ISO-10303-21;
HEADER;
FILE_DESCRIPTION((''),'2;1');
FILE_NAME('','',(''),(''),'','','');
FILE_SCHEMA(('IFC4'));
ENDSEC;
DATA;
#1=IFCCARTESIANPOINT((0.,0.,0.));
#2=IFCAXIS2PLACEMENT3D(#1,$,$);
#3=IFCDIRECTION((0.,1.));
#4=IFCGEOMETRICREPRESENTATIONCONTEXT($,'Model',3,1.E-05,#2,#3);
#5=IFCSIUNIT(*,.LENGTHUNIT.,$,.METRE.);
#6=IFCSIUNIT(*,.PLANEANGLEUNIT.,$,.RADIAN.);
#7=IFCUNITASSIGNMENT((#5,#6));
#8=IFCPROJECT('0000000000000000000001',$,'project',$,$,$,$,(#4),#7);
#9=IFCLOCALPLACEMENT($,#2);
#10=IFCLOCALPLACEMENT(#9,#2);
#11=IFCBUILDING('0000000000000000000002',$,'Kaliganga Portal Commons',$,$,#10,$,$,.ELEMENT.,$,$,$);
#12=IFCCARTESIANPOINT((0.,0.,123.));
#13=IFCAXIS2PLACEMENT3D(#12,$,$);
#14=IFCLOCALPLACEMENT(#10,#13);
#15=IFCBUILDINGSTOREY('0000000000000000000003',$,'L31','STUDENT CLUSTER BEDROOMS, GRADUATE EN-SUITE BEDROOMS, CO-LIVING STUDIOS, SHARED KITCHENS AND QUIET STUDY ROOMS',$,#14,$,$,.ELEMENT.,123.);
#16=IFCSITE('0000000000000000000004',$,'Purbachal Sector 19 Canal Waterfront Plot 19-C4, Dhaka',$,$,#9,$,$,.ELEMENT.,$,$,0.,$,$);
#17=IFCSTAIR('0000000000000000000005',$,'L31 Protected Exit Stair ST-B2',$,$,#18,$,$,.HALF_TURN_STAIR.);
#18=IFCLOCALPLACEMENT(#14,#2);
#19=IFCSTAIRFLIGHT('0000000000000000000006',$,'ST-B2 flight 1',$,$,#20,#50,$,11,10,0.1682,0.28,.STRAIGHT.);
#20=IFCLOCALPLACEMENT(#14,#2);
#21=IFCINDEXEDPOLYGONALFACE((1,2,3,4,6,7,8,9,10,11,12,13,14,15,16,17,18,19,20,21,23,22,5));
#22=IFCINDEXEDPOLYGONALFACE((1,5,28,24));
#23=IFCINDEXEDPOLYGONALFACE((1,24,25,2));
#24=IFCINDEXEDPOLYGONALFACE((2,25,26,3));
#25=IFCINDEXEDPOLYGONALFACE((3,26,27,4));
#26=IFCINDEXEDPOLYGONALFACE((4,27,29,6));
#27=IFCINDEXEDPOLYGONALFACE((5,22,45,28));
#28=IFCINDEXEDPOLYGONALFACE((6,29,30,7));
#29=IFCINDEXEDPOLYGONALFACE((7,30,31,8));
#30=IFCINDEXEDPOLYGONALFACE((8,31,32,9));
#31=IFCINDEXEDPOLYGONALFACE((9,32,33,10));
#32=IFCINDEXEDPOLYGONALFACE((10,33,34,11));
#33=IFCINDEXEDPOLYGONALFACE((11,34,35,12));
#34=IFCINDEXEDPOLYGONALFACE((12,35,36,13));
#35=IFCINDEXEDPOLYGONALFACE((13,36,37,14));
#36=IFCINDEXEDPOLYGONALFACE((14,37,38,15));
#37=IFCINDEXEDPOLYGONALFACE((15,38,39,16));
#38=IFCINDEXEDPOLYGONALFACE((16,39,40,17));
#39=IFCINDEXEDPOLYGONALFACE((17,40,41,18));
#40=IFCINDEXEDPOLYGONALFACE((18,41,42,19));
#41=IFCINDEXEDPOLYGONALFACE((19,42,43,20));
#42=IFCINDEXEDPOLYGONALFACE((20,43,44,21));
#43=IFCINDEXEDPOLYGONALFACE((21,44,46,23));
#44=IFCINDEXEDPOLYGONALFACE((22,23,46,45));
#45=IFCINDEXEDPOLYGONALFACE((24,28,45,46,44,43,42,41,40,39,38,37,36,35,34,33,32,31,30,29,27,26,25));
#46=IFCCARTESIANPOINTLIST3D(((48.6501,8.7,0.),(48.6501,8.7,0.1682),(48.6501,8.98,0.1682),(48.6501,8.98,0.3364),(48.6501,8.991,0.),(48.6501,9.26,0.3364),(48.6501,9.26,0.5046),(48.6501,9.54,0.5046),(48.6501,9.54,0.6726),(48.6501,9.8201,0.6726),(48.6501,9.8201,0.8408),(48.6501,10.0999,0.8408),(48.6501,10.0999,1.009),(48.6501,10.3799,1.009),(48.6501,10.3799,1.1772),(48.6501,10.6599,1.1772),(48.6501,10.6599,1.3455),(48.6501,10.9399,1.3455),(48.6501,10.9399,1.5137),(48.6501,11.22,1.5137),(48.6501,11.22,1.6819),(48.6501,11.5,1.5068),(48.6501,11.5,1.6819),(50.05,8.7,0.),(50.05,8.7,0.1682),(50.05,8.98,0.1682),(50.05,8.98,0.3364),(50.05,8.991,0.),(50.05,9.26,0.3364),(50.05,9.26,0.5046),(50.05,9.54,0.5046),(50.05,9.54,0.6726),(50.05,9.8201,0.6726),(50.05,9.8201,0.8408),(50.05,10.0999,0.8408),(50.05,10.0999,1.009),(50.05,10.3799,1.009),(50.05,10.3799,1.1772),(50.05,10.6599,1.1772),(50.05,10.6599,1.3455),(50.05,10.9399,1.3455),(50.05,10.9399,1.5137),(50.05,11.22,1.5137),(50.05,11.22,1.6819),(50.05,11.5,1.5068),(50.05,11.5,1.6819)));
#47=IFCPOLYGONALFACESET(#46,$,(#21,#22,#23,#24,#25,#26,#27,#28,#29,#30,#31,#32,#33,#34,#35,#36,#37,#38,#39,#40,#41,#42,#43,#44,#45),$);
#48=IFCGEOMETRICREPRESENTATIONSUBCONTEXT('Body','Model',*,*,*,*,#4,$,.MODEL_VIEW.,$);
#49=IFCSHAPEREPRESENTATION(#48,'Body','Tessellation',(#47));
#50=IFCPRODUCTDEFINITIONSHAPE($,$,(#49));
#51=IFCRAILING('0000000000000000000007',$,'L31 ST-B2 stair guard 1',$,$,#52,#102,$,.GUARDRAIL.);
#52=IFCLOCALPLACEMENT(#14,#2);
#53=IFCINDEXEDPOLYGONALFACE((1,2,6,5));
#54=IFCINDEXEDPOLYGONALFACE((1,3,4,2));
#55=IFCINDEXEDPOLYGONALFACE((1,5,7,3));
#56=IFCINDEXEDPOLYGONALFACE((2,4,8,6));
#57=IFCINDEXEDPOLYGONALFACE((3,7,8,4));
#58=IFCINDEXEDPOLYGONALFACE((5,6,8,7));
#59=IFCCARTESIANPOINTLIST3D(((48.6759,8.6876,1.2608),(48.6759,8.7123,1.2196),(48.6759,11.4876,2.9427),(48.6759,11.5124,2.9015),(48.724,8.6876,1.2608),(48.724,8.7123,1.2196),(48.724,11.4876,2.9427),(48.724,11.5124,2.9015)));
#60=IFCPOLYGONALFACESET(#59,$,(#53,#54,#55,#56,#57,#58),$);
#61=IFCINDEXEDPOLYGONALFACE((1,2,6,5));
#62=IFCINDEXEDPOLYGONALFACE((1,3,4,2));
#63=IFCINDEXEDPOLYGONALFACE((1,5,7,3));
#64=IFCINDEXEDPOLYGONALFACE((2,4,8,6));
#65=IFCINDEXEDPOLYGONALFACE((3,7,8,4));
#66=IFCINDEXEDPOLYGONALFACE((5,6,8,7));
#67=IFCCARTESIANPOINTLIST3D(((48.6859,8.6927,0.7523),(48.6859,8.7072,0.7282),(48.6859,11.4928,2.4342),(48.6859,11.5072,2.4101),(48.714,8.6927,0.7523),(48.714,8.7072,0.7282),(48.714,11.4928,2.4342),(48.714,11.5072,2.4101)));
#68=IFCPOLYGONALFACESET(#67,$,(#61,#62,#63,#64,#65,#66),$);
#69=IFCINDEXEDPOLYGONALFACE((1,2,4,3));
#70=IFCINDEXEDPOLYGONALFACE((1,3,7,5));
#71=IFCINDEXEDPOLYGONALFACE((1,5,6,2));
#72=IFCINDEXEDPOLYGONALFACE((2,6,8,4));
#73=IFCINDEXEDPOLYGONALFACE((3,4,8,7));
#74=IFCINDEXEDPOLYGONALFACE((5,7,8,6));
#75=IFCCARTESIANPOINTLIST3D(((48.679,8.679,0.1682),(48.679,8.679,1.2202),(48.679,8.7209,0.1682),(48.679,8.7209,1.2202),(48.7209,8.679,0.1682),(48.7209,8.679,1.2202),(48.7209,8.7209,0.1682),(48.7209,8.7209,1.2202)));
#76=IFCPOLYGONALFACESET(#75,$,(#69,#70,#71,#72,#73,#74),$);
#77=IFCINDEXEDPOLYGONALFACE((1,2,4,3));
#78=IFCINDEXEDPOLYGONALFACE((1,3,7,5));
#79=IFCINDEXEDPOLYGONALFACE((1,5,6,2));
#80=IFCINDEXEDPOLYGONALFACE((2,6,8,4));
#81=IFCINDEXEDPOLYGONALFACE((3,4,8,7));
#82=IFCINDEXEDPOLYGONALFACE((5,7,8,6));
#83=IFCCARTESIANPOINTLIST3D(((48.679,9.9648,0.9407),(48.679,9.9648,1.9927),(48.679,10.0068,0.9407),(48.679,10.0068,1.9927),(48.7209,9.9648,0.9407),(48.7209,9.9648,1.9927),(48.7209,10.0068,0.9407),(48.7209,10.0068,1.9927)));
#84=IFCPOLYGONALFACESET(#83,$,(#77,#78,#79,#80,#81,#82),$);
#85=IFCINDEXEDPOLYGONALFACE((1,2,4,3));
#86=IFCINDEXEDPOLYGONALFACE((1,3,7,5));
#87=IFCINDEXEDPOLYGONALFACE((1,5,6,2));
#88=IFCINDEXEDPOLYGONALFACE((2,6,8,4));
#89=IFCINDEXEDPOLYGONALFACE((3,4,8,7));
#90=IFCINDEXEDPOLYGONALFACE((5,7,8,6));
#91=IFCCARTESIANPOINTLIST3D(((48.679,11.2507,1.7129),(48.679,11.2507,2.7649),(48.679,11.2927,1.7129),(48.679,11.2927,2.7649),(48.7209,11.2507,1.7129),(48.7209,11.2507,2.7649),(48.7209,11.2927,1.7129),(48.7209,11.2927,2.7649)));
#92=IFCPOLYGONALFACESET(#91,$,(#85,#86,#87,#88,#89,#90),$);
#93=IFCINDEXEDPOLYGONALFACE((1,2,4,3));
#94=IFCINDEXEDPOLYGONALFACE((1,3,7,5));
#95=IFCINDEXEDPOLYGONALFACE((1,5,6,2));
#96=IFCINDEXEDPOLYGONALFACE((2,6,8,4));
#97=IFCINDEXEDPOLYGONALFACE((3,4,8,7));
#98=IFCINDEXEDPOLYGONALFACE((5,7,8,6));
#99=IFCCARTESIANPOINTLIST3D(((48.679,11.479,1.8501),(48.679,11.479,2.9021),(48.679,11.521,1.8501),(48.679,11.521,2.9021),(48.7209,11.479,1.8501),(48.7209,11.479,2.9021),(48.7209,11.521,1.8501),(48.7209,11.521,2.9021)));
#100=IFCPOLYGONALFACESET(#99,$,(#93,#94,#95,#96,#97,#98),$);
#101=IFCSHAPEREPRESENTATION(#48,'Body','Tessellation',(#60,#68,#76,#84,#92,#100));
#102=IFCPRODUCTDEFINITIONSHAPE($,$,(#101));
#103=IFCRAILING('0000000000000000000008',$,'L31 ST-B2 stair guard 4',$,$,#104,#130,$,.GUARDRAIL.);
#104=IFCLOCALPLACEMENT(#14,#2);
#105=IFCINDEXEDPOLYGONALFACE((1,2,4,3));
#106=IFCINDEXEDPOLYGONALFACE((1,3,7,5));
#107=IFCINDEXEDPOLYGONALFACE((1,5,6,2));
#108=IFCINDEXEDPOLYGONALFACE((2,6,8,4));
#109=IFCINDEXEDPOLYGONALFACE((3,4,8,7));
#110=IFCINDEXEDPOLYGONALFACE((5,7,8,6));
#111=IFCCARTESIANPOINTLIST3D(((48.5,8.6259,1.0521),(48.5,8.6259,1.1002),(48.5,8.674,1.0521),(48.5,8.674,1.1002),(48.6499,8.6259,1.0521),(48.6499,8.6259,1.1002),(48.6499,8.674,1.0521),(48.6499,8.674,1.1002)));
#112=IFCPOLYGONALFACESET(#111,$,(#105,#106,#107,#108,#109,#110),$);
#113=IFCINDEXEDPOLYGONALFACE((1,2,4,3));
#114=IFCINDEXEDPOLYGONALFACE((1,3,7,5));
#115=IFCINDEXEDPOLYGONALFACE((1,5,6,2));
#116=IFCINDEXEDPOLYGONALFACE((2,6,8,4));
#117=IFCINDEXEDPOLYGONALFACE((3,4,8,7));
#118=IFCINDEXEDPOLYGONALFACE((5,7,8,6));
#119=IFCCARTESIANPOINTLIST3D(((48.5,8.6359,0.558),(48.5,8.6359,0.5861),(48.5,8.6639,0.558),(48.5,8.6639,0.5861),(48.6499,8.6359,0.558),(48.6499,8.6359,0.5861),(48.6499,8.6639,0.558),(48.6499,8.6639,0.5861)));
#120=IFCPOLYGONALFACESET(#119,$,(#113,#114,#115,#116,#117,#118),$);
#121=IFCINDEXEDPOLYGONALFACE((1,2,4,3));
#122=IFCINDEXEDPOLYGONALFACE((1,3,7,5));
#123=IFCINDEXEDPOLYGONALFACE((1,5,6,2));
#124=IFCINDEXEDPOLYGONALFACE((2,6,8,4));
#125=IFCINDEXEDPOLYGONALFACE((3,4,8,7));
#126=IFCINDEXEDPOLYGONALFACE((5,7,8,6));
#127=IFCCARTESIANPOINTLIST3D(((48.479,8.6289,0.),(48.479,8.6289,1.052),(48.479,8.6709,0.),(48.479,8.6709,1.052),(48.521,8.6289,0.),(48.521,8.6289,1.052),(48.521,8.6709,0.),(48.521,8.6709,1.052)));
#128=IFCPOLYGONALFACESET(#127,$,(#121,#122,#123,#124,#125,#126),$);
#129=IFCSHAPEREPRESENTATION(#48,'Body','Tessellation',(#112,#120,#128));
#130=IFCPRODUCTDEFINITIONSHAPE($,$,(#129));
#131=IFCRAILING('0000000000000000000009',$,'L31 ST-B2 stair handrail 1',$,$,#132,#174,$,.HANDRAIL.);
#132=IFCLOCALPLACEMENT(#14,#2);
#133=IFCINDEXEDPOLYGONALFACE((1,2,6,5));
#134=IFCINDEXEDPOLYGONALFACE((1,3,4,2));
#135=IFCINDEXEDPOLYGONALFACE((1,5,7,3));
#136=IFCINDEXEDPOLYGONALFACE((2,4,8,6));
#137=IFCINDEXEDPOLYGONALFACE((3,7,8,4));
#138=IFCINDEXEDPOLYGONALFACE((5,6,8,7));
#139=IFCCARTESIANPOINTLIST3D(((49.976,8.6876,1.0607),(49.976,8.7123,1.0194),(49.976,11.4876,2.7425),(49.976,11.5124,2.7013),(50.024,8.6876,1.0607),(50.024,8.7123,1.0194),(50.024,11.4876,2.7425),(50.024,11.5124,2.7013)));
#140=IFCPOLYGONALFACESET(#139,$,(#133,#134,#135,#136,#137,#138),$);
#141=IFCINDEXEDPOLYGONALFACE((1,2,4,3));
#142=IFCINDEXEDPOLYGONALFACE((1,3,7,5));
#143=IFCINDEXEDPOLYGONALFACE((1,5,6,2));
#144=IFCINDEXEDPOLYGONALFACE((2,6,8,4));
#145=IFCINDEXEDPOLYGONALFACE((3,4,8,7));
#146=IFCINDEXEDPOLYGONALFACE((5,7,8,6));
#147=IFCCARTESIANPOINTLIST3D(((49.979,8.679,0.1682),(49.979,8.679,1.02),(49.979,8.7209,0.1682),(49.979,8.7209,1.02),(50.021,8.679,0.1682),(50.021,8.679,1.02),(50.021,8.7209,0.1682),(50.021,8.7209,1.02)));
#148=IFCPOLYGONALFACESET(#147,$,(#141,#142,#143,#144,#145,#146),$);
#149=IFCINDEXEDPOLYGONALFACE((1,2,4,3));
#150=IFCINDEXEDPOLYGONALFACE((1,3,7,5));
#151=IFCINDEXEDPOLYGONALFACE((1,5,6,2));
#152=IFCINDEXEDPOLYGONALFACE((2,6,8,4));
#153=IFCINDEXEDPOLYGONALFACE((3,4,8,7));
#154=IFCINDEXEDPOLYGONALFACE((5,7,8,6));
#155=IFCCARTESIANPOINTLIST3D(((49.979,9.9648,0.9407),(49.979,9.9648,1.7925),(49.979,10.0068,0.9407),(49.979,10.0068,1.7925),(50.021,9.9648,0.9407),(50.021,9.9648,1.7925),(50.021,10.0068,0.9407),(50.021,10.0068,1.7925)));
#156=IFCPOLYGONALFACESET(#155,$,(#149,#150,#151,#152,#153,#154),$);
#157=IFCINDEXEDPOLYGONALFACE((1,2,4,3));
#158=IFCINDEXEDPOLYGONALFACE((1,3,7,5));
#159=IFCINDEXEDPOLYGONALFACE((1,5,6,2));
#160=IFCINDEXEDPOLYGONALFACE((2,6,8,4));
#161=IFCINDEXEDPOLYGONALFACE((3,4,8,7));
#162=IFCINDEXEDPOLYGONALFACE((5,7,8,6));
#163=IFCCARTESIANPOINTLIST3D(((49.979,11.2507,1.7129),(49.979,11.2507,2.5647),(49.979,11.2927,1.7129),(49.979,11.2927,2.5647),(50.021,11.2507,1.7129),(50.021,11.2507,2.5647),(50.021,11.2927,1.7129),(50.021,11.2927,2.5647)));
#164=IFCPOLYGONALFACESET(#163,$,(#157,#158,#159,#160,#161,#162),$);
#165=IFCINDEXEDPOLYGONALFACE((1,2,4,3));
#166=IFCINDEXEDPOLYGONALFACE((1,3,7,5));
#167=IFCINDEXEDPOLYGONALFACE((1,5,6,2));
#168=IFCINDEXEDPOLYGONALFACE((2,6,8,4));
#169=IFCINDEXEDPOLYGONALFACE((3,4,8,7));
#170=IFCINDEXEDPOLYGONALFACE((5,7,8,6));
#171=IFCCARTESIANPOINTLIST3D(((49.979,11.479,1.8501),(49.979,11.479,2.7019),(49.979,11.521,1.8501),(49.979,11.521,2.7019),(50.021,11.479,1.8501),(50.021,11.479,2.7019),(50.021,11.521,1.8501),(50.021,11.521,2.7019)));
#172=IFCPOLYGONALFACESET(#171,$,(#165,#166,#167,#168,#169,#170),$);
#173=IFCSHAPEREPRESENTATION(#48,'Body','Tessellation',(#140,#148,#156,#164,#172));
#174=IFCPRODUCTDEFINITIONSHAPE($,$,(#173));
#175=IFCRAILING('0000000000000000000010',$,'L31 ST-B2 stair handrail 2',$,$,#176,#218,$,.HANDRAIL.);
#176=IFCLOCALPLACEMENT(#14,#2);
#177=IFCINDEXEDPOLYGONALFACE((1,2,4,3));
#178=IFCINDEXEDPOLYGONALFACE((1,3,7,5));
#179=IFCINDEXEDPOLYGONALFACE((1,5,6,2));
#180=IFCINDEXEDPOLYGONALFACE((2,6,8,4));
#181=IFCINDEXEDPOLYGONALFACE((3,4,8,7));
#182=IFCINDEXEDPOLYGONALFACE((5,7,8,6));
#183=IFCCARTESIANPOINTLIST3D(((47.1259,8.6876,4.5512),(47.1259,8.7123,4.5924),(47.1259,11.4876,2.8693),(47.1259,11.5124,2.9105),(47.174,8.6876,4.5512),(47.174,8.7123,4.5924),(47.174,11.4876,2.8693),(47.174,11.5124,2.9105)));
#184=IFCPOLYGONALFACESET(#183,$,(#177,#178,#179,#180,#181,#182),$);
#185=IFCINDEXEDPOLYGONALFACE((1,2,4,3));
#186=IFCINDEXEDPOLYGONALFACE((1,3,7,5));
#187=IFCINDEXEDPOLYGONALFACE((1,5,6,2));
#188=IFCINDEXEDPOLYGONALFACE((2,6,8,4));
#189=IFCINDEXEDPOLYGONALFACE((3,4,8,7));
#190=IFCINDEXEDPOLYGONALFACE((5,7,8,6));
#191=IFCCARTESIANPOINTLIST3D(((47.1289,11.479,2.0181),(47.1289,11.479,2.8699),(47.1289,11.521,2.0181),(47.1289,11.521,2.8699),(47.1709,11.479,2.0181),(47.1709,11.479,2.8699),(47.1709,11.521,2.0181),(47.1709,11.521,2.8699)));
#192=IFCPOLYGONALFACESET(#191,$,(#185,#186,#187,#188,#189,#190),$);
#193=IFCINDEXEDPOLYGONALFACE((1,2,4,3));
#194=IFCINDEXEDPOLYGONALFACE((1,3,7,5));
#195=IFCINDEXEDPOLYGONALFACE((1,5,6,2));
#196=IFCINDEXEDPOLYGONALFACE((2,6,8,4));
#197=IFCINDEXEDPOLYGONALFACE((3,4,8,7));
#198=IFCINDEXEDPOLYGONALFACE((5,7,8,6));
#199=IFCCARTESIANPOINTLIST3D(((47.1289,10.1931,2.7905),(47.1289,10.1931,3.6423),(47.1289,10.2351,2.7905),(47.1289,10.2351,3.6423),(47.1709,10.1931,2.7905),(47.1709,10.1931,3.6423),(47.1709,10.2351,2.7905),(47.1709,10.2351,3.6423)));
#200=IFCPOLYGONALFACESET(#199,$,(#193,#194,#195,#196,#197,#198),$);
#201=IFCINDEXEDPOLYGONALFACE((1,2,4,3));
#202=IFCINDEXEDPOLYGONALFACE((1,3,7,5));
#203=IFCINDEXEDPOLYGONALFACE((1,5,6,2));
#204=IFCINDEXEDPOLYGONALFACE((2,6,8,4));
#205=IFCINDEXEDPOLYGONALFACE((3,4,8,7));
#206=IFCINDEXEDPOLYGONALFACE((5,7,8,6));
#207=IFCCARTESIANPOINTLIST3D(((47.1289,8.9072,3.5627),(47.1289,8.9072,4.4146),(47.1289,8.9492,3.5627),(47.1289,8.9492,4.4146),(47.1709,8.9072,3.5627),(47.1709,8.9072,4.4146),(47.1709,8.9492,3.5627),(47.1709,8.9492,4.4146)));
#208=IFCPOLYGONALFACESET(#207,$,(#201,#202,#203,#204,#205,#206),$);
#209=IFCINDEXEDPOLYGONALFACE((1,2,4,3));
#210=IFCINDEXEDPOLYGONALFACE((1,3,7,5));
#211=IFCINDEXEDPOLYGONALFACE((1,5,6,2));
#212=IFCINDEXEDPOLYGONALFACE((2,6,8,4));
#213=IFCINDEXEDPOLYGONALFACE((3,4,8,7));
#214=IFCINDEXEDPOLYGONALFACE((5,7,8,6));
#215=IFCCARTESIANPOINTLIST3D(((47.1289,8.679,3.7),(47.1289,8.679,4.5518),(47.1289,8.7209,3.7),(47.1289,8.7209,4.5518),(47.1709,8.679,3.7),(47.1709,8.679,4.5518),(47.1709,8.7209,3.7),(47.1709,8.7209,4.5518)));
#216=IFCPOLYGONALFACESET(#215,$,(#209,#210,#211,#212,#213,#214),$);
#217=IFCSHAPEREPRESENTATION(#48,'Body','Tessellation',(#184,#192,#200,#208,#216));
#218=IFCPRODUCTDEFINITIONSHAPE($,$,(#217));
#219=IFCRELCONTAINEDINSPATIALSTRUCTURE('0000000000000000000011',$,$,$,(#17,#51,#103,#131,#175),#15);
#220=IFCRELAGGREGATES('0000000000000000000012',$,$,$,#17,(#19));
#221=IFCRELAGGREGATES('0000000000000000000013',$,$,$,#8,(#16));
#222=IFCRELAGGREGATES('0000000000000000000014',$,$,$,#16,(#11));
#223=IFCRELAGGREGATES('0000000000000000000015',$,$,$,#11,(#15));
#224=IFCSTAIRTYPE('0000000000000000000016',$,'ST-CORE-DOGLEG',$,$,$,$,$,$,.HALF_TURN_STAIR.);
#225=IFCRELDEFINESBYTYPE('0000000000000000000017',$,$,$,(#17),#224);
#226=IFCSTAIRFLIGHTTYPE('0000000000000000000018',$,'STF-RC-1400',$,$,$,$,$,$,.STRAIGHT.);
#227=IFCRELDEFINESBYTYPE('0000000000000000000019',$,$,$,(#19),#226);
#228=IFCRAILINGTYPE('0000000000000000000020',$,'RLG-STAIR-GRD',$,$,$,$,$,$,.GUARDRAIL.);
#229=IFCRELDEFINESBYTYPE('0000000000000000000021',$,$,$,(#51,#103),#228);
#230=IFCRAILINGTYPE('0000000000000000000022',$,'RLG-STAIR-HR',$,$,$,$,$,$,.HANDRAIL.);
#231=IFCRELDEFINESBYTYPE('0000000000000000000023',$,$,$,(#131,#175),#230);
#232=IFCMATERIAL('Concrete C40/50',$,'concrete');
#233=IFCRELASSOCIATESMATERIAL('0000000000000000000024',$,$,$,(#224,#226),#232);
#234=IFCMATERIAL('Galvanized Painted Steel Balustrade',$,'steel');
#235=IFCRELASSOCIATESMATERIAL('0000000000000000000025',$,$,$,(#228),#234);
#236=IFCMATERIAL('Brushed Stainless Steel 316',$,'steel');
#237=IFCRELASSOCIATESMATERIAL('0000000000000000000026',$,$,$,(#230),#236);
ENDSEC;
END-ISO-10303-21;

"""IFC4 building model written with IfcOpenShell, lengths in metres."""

from ifc_helpers import new_model, si_unit, direction, frame, origin, origin_2d, place, context, subcontext, project, spatial, polyline, rectangle, outline, extrude, material, type_object, element, aggregate, save


model = new_model("IFC4")

# Units and contexts
model_context = context("Model", 3, precision=1e-05, world=origin(), true_north=direction((0.0, 1.0)))
body_context = subcontext(model_context, "Body", "Model", "MODEL_VIEW")
ifc_project = project(units=[si_unit("LENGTHUNIT", "METRE"), si_unit("PLANEANGLEUNIT", "RADIAN")], contexts=[model_context])

# Site, building, storey
site_placement = place(None, origin())
site = spatial("IfcSite", under=ifc_project, at=site_placement, Name="Purbachal Sector 19 Canal Waterfront Plot 19-C4, Dhaka", CompositionType="ELEMENT", RefElevation=0.0)
building_placement = place(site_placement, origin())
building = spatial("IfcBuilding", under=site, at=building_placement, Name="Kaliganga Portal Commons", CompositionType="ELEMENT")
storey_placement = place(building_placement, frame((0.0, 0.0, 123.0)))
storey = spatial("IfcBuildingStorey", under=building, at=storey_placement, Name="L31", Description="STUDENT CLUSTER BEDROOMS, GRADUATE EN-SUITE BEDROOMS, CO-LIVING STUDIOS, SHARED KITCHENS AND QUIET STUDY ROOMS", CompositionType="ELEMENT", Elevation=123.0)

# Stair, stair flight
ifc_material_1 = material(Name="Concrete C40/50", Category="concrete")
stair_type = type_object("IfcStairType", Name="ST-CORE-DOGLEG", PredefinedType="HALF_TURN_STAIR", material=ifc_material_1)
stair_placement = place(storey_placement, origin())
stair = element("IfcStair", 1, at=stair_placement, inside=storey, type_object=stair_type, Name="L31 Protected Exit Stair ST-B2", PredefinedType="HALF_TURN_STAIR")
stair_flight_type = type_object("IfcStairFlightType", Name="STF-RC-1400", PredefinedType="STRAIGHT", material=ifc_material_1)
stair_flight_placement = place(storey_placement, frame((49.3501, 8.7, 0.0), z_axis=(0.0, 0.0, 1.0), x_axis=(0.0, 1.0, 0.0)))
stair_flight = element("IfcStairFlight", 2, at=stair_flight_placement, type_object=stair_flight_type, Name="ST-B2 flight 1", NumberOfRisers=11, NumberOfTreads=10, PredefinedType="STRAIGHT", RiserHeight=0.1682, TreadLength=0.28, context=body_context, shape_type="SweptSolid", body=[
    extrude(outline(polyline([(0.0, 0.0), (0.0, 0.1682), (0.28, 0.1682), (0.28, 0.3364), (0.5601, 0.3364), (0.5601, 0.5046), (0.8401, 0.5046), (0.8401, 0.6726), (1.1201, 0.6726), (1.1201, 0.8408), (1.3999, 0.8408), (1.3999, 1.009), (1.6799, 1.009), (1.6799, 1.1772), (1.96, 1.1772), (1.96, 1.3455), (2.24, 1.3455), (2.24, 1.5137), (2.52, 1.5137), (2.52, 1.6819), (2.8, 1.6819), (2.8, 1.8501), (2.8, 1.5068), (0.291, 0.0), (0.0, 0.0)])), frame((0.0, 0.7, 0.0), z_axis=(0.0, -1.0, 0.0), x_axis=(1.0, 0.0, 0.0)), (0.0, 0.0, 1.0), 1.3999),
])
aggregate(stair, [stair_flight])

# Railings
ifc_material_2 = material(Name="Galvanized Painted Steel Balustrade", Category="steel")
railing_type_1 = type_object("IfcRailingType", Name="RLG-STAIR-GRD", PredefinedType="GUARDRAIL", material=ifc_material_2)
railing_1_placement = place(storey_placement, frame((48.7, 8.7, 0.1682)))
element("IfcRailing", 3, at=railing_1_placement, inside=storey, type_object=railing_type_1, Name="L31 ST-B2 stair guard 1", PredefinedType="GUARDRAIL", context=body_context, shape_type="SweptSolid", body=[
    extrude(rectangle(XDim=0.0481, YDim=0.0481, at=origin_2d()), frame((0.0, 0.0, 1.072), z_axis=(0.0, 0.857242, 0.514913), x_axis=(-1.0, 0.0, 0.0)), (0.0, 0.0, 1.0), 3.2664),
    extrude(rectangle(XDim=0.0281, YDim=0.0281, at=origin_2d()), frame((0.0, 0.0, 0.572), z_axis=(0.0, 0.857242, 0.514913), x_axis=(-1.0, 0.0, 0.0)), (0.0, 0.0, 1.0), 3.2664),
    extrude(rectangle(XDim=0.042, YDim=0.042, at=origin_2d()), origin(), (0.0, 0.0, 1.0), 1.052),
    extrude(rectangle(XDim=0.042, YDim=0.042, at=origin_2d()), frame((0.0, 1.2859, 0.7725)), (0.0, 0.0, 1.0), 1.052),
    extrude(rectangle(XDim=0.042, YDim=0.042, at=origin_2d()), frame((0.0, 2.5718, 1.5447)), (0.0, 0.0, 1.0), 1.052),
    extrude(rectangle(XDim=0.042, YDim=0.042, at=origin_2d()), frame((0.0, 2.8, 1.6819)), (0.0, 0.0, 1.0), 1.052),
])
railing_2_placement = place(storey_placement, frame((48.6499, 8.6499, 0.0)))
element("IfcRailing", 4, at=railing_2_placement, inside=storey, type_object=railing_type_1, Name="L31 ST-B2 stair guard 4", PredefinedType="GUARDRAIL", context=body_context, shape_type="SweptSolid", body=[
    extrude(rectangle(XDim=0.0481, YDim=0.0481, at=origin_2d()), frame((0.0, 0.0, 1.0762), z_axis=(-1.0, 0.0, 0.0), x_axis=(0.0, -1.0, 0.0)), (0.0, 0.0, 1.0), 0.1499),
    extrude(rectangle(XDim=0.0281, YDim=0.0281, at=origin_2d()), frame((0.0, 0.0, 0.572), z_axis=(-1.0, 0.0, 0.0), x_axis=(0.0, -1.0, 0.0)), (0.0, 0.0, 1.0), 0.1499),
    extrude(rectangle(XDim=0.042, YDim=0.042, at=origin_2d()), frame((-0.1499, 0.0, 0.0)), (0.0, 0.0, 1.0), 1.052),
])
ifc_material_3 = material(Name="Brushed Stainless Steel 316", Category="steel")
railing_type_2 = type_object("IfcRailingType", Name="RLG-STAIR-HR", PredefinedType="HANDRAIL", material=ifc_material_3)
railing_3_placement = place(storey_placement, frame((50.0, 8.7, 0.1682)))
element("IfcRailing", 5, at=railing_3_placement, inside=storey, type_object=railing_type_2, Name="L31 ST-B2 stair handrail 1", PredefinedType="HANDRAIL", context=body_context, shape_type="SweptSolid", body=[
    extrude(rectangle(XDim=0.0481, YDim=0.0481, at=origin_2d()), frame((0.0, 0.0, 0.8718), z_axis=(0.0, 0.857242, 0.514913), x_axis=(-1.0, 0.0, 0.0)), (0.0, 0.0, 1.0), 3.2664),
    extrude(rectangle(XDim=0.042, YDim=0.042, at=origin_2d()), origin(), (0.0, 0.0, 1.0), 0.8518),
    extrude(rectangle(XDim=0.042, YDim=0.042, at=origin_2d()), frame((0.0, 1.2859, 0.7725)), (0.0, 0.0, 1.0), 0.8518),
    extrude(rectangle(XDim=0.042, YDim=0.042, at=origin_2d()), frame((0.0, 2.5718, 1.5447)), (0.0, 0.0, 1.0), 0.8518),
    extrude(rectangle(XDim=0.042, YDim=0.042, at=origin_2d()), frame((0.0, 2.8, 1.6819)), (0.0, 0.0, 1.0), 0.8518),
])
railing_4_placement = place(storey_placement, frame((47.1499, 11.5, 2.0181)))
element("IfcRailing", 6, at=railing_4_placement, inside=storey, type_object=railing_type_2, Name="L31 ST-B2 stair handrail 2", PredefinedType="HANDRAIL", context=body_context, shape_type="SweptSolid", body=[
    extrude(rectangle(XDim=0.0481, YDim=0.0481, at=origin_2d()), frame((0.0, 0.0, 0.8718), z_axis=(0.0, -0.857242, 0.514913), x_axis=(1.0, 0.0, 0.0)), (0.0, 0.0, 1.0), 3.2664),
    extrude(rectangle(XDim=0.042, YDim=0.042, at=origin_2d()), origin(), (0.0, 0.0, 1.0), 0.8518),
    extrude(rectangle(XDim=0.042, YDim=0.042, at=origin_2d()), frame((0.0, -1.2859, 0.7725)), (0.0, 0.0, 1.0), 0.8518),
    extrude(rectangle(XDim=0.042, YDim=0.042, at=origin_2d()), frame((0.0, -2.5718, 1.5447)), (0.0, 0.0, 1.0), 0.8518),
    extrude(rectangle(XDim=0.042, YDim=0.042, at=origin_2d()), frame((0.0, -2.8, 1.6819)), (0.0, 0.0, 1.0), 0.8518),
])

save(model, "model.ifc")
